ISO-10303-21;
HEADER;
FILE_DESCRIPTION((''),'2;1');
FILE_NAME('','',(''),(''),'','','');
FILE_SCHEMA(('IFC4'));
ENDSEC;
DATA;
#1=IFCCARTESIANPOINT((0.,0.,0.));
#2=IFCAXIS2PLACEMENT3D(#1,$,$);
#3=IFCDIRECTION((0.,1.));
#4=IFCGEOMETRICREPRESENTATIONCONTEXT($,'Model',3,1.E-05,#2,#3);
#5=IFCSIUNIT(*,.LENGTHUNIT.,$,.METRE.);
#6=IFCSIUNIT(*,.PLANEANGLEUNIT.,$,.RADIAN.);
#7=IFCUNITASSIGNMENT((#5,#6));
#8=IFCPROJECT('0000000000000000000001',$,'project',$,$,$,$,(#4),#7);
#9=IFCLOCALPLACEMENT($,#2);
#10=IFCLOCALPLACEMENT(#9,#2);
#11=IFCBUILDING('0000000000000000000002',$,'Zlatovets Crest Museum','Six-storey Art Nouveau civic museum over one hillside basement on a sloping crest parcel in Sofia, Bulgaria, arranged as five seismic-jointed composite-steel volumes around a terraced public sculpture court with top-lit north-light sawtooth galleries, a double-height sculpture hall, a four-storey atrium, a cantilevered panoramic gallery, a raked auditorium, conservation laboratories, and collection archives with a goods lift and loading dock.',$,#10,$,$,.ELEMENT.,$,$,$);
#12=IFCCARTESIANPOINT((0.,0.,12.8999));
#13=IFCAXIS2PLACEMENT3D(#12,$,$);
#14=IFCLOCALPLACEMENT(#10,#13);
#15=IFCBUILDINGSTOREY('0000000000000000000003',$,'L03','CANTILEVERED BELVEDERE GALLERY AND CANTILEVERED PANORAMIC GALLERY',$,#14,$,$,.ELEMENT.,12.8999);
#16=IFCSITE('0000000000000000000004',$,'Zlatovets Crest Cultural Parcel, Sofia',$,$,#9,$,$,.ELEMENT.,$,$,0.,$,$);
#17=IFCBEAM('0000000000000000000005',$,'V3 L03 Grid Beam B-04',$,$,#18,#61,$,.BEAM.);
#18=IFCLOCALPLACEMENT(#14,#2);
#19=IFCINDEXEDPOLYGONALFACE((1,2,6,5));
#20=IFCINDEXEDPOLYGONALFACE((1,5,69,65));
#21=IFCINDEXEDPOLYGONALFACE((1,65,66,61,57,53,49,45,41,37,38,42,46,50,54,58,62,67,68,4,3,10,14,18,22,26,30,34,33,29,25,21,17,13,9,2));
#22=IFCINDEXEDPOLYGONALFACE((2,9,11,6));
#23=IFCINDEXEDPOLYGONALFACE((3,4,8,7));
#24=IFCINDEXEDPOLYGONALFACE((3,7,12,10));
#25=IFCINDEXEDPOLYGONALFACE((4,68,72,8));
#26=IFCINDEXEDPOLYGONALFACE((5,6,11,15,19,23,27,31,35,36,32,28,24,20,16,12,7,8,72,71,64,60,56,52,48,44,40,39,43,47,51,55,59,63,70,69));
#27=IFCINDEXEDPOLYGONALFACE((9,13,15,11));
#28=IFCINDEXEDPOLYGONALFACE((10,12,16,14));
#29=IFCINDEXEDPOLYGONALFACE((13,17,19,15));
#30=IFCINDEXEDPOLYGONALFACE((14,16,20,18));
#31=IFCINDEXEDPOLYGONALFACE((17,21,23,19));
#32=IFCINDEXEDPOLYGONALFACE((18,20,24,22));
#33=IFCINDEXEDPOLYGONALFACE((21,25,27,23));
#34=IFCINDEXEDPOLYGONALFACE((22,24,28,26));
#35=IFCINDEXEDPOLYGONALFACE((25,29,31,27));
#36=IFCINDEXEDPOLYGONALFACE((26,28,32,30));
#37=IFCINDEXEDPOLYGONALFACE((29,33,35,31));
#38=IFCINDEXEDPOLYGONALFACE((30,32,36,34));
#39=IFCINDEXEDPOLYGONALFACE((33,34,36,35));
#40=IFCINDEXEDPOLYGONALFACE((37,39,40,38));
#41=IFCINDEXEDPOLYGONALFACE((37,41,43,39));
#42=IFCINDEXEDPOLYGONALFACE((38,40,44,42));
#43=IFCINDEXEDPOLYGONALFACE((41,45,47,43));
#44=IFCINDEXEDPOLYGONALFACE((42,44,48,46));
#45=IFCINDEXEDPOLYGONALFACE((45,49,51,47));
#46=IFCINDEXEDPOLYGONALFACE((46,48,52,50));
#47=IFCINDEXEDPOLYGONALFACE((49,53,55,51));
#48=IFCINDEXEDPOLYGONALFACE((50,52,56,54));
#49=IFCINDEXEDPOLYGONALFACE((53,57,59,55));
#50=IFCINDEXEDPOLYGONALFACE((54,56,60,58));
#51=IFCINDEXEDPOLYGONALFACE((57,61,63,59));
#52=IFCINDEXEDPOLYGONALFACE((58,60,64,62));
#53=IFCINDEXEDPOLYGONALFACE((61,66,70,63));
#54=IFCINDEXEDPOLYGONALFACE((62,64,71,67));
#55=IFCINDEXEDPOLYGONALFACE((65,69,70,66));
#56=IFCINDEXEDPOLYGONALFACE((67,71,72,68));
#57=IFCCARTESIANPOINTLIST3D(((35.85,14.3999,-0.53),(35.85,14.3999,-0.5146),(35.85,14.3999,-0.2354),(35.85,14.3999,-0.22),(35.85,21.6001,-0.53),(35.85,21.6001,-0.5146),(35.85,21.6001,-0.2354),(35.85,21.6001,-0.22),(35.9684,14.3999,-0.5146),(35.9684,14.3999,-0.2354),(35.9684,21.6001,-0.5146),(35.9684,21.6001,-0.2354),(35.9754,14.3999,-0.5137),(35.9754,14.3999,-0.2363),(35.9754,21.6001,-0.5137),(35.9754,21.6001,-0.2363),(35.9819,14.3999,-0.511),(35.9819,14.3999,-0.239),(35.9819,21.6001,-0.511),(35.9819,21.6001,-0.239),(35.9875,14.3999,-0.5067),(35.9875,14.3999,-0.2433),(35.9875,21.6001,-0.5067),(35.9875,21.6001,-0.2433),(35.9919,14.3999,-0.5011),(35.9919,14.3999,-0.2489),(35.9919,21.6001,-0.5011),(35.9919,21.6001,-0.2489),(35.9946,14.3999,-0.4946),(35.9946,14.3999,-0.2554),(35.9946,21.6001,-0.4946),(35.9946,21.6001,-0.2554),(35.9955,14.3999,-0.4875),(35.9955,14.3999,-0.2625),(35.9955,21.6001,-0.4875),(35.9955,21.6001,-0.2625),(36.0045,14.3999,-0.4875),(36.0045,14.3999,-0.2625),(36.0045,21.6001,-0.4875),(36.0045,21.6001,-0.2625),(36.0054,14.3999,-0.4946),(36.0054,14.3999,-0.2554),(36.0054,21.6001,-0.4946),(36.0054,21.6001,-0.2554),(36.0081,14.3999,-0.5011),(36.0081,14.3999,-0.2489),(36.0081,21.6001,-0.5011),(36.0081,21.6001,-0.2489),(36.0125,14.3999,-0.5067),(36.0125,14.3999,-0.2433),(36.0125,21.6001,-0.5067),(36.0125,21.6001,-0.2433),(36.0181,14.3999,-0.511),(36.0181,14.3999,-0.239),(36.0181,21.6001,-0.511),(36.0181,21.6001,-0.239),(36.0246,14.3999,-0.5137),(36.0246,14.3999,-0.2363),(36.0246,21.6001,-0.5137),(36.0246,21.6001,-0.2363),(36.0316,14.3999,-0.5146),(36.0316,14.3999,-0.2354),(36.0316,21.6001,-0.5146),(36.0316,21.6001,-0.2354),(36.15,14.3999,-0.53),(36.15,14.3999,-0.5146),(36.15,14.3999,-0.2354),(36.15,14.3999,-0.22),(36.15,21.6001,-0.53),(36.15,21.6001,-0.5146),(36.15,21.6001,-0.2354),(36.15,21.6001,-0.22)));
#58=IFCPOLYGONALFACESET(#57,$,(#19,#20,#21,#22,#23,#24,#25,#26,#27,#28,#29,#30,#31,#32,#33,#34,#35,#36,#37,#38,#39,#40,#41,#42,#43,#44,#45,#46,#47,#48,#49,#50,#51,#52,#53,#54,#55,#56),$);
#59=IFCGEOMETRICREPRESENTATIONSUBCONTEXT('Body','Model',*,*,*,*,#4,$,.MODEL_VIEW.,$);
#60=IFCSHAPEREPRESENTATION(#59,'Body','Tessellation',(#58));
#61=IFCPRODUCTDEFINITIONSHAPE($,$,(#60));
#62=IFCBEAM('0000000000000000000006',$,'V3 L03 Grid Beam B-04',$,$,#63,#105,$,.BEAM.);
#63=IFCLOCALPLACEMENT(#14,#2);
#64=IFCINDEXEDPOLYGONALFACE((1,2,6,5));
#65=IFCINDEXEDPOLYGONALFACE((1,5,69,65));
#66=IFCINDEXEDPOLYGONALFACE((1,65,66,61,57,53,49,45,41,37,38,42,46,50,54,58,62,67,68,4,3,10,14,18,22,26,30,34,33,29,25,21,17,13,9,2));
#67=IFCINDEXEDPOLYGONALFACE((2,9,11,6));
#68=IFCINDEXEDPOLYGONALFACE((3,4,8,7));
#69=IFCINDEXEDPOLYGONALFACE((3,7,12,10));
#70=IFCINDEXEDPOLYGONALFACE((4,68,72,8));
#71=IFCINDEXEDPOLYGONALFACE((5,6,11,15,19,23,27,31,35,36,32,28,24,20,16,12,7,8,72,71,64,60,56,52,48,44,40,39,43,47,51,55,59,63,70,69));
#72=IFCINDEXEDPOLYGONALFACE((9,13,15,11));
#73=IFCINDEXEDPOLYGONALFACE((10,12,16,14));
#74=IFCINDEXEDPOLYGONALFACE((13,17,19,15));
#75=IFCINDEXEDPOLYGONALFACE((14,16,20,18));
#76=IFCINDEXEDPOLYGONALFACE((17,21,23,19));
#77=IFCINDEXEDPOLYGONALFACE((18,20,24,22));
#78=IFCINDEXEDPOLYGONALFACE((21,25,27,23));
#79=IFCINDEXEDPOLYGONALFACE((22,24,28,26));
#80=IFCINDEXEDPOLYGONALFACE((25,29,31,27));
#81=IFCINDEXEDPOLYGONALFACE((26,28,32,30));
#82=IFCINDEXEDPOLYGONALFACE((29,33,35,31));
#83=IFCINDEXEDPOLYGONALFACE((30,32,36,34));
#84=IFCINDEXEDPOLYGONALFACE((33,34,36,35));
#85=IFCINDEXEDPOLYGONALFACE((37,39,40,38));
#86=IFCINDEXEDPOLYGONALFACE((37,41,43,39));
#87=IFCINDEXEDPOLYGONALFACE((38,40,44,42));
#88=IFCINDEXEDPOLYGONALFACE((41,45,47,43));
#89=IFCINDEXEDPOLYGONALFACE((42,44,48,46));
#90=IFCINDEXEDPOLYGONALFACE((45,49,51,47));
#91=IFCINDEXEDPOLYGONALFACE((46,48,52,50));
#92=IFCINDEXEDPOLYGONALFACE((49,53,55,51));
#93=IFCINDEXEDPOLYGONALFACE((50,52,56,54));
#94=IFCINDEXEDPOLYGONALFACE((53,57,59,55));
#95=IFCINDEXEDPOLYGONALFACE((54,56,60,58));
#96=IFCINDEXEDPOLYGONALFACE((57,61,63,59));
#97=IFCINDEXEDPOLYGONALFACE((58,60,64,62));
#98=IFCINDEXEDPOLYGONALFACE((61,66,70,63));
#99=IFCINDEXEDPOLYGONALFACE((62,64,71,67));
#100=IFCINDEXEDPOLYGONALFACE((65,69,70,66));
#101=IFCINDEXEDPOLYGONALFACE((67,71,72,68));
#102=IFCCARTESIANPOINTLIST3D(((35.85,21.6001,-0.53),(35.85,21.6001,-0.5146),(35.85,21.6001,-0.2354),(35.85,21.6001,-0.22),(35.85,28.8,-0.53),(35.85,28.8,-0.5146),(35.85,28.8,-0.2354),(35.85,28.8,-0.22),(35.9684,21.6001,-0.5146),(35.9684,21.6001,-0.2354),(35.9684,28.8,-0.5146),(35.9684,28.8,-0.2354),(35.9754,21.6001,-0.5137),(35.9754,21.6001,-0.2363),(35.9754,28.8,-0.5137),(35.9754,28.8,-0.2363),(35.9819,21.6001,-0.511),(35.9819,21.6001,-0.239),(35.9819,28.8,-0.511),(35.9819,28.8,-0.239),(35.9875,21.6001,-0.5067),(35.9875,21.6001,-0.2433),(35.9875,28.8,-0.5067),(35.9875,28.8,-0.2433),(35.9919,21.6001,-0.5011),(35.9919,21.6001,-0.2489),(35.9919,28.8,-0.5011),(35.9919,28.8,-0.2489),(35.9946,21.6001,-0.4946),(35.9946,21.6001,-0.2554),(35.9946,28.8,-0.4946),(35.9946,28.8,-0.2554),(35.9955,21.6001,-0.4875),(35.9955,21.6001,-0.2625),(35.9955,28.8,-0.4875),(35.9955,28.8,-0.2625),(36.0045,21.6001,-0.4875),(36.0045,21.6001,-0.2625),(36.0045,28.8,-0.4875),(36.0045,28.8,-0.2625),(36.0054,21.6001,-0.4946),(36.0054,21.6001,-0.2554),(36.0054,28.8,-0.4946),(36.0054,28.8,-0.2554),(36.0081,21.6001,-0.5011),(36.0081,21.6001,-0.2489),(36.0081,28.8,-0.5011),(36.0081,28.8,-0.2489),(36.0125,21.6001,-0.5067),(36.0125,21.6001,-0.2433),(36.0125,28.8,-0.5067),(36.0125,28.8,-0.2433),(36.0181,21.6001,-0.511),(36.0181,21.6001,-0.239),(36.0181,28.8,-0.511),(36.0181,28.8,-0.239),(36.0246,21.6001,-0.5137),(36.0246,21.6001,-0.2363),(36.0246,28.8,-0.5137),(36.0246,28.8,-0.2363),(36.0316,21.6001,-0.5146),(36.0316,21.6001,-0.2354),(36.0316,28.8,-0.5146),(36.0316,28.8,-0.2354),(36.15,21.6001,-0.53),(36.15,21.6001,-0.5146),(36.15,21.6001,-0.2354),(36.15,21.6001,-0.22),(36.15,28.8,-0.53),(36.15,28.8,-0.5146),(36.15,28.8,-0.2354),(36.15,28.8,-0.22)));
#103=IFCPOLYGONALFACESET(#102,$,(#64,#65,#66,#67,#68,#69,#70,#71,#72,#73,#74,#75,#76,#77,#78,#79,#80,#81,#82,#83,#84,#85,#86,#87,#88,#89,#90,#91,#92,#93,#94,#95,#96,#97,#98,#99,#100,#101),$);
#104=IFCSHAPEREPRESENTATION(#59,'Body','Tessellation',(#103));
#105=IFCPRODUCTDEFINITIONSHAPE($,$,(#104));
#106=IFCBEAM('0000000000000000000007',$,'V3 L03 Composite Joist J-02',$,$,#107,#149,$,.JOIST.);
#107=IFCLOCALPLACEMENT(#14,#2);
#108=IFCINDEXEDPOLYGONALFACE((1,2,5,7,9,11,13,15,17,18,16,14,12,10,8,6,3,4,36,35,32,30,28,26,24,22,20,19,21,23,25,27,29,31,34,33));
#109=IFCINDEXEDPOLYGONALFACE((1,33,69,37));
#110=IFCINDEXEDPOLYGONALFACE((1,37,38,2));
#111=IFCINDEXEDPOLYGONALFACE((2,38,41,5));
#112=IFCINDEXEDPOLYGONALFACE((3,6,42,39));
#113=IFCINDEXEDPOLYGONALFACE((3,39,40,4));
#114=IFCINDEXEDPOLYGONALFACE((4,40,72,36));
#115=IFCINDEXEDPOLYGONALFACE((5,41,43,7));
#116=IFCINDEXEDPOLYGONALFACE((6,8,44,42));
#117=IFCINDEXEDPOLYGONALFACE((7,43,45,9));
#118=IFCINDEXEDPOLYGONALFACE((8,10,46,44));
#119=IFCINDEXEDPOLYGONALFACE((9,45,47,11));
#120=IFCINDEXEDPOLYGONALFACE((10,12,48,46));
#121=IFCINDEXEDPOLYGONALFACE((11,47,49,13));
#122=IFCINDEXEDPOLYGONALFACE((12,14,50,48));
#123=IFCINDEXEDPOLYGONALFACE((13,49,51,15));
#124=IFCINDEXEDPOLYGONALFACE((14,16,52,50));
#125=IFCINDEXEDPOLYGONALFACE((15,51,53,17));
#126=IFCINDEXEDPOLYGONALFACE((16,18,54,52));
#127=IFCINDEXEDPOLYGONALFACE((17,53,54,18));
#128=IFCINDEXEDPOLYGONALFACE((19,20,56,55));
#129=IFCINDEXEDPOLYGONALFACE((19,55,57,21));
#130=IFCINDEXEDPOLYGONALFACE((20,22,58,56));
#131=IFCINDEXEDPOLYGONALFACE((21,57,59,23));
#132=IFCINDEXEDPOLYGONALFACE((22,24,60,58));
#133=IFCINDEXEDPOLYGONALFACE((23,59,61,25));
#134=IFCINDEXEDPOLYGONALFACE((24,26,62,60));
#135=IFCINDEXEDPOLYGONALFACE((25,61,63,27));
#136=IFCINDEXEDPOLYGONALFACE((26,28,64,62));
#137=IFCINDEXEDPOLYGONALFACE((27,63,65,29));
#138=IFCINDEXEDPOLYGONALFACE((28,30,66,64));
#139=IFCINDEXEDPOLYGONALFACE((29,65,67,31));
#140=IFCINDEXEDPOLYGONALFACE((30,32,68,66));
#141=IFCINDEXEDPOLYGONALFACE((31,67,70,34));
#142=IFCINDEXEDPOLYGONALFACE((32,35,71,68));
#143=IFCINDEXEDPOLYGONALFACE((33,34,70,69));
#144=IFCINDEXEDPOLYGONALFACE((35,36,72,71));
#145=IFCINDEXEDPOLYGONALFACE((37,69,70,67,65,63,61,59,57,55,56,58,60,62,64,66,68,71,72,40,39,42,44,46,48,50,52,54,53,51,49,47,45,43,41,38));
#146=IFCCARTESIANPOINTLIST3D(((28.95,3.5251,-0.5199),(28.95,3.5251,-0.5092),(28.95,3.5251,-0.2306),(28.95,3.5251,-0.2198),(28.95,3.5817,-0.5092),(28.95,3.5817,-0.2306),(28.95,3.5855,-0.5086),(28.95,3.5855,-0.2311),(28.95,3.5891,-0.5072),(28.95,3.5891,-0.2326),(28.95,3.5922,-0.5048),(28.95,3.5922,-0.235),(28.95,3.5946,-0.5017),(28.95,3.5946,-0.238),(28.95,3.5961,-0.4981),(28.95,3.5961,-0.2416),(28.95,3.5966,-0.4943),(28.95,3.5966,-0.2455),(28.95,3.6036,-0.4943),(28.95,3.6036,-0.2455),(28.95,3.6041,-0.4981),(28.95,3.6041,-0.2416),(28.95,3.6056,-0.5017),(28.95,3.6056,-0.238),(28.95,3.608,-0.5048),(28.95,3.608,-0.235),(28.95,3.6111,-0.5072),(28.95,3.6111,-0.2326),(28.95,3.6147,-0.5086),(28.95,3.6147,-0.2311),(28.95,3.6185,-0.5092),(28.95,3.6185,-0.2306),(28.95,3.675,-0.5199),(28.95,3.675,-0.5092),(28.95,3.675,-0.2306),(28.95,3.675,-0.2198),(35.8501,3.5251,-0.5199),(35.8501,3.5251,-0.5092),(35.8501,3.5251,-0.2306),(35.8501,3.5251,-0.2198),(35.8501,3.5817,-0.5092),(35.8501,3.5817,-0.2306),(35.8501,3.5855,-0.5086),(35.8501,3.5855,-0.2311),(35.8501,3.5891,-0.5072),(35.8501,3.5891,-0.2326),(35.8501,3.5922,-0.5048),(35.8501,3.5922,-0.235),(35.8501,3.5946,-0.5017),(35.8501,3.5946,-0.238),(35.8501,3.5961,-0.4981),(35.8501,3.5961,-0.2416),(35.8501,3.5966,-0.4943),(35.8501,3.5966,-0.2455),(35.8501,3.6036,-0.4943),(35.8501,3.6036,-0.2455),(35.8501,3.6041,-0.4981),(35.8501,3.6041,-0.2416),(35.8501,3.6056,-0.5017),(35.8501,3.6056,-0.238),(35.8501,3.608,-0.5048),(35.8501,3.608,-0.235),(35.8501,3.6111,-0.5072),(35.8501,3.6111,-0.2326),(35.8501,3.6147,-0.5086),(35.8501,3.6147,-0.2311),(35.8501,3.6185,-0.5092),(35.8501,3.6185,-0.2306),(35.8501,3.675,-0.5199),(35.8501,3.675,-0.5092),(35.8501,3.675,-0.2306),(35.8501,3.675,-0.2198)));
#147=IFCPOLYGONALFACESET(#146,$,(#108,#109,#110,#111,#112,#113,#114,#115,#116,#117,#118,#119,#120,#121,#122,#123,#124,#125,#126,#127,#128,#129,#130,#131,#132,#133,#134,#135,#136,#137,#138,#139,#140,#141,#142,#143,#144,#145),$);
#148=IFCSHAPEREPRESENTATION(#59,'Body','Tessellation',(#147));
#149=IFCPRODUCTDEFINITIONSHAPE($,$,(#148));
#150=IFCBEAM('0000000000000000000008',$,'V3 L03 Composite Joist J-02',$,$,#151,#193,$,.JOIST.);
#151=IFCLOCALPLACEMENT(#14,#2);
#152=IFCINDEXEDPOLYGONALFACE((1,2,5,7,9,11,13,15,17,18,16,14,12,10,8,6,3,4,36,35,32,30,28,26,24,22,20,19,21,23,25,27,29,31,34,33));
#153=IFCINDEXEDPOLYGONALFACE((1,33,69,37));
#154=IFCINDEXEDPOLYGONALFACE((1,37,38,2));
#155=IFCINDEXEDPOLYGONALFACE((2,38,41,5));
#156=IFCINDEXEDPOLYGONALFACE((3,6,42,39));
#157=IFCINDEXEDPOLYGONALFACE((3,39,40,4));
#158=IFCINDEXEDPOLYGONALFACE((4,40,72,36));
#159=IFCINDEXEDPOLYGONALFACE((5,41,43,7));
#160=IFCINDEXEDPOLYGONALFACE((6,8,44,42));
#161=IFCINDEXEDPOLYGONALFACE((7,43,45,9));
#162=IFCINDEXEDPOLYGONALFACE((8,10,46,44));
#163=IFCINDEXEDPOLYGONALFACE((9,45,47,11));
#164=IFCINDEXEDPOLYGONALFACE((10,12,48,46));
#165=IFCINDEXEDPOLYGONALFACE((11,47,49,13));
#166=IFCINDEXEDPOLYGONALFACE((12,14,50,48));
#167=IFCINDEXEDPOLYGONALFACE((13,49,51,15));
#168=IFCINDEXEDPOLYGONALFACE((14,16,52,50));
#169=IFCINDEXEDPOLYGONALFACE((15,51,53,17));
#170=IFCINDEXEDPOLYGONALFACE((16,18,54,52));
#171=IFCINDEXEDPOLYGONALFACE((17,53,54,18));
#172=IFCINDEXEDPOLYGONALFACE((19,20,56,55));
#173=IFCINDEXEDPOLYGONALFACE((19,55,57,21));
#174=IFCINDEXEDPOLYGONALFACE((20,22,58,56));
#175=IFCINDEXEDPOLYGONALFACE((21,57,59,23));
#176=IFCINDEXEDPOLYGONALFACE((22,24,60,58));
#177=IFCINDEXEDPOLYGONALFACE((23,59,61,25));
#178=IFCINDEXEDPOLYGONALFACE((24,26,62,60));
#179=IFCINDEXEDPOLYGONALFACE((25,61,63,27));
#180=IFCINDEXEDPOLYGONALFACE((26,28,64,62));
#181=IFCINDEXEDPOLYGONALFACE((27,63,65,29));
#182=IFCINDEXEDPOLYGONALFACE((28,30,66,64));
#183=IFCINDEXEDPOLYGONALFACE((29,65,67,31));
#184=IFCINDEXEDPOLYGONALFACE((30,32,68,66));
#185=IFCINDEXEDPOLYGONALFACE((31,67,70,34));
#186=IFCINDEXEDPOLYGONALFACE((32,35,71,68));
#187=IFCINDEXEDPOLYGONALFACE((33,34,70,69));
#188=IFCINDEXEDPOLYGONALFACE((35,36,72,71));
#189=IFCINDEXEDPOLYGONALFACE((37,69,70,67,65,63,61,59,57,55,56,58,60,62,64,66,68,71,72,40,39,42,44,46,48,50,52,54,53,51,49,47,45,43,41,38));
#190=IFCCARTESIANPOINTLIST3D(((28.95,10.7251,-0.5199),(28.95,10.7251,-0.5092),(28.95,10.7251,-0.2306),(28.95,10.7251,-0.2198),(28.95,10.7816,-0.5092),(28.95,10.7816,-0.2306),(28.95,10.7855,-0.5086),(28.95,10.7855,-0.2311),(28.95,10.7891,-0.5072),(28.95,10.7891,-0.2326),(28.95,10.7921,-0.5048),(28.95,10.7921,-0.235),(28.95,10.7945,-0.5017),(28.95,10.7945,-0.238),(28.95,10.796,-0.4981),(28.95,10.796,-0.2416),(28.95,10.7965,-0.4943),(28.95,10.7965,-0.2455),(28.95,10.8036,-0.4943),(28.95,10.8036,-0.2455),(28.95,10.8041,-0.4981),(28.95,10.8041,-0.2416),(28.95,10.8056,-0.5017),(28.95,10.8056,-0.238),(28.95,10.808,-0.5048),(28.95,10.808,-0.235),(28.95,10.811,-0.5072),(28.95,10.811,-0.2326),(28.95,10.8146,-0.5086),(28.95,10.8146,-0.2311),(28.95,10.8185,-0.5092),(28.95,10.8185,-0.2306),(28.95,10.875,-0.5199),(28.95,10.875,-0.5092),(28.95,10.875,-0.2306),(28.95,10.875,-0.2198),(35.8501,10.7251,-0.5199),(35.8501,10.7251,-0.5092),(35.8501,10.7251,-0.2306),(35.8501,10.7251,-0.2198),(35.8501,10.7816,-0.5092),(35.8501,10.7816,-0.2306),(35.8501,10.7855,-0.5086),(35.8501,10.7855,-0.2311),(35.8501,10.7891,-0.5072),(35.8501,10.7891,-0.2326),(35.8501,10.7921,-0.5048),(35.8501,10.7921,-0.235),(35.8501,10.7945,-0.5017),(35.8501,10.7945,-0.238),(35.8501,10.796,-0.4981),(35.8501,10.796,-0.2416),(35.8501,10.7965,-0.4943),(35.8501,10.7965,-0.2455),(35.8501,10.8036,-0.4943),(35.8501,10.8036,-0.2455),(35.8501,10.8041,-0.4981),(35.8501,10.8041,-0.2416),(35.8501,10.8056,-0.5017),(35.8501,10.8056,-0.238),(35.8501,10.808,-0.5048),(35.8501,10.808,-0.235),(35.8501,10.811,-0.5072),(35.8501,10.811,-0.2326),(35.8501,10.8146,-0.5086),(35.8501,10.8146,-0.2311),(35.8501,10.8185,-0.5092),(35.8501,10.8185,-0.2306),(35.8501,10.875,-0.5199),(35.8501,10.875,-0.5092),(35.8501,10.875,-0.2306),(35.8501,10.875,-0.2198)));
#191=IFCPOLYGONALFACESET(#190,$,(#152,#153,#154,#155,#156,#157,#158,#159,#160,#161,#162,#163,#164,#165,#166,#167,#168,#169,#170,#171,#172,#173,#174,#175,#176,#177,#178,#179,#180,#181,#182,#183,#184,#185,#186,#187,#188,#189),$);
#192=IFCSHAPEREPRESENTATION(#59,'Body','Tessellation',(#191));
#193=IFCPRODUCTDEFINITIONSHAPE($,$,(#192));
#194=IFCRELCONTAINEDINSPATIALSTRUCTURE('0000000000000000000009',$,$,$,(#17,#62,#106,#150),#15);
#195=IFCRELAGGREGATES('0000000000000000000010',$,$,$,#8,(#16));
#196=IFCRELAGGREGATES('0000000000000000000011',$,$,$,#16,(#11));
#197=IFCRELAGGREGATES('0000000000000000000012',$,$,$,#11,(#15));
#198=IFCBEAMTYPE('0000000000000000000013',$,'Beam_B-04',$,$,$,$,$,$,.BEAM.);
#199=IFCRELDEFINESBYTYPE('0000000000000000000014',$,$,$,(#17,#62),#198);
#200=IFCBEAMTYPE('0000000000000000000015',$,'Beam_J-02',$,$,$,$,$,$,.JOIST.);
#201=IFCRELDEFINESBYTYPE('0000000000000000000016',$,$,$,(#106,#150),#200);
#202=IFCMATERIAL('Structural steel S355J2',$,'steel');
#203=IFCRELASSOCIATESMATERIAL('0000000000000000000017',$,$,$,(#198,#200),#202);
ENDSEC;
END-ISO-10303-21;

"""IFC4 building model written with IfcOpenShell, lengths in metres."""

from ifc_helpers import new_model, si_unit, direction, frame, origin, origin_2d, place, context, subcontext, project, spatial, i_section, extrude, material, material_profile, profile_set, type_object, element, save


model = new_model("IFC4")

# Units and contexts
model_context = context("Model", 3, precision=1e-05, world=origin(), true_north=direction((0.0, 1.0)))
body_context = subcontext(model_context, "Body", "Model", "MODEL_VIEW")
ifc_project = project(units=[si_unit("LENGTHUNIT", "METRE"), si_unit("PLANEANGLEUNIT", "RADIAN")], contexts=[model_context])

# Site, building, storey
site_placement = place(None, origin())
site = spatial("IfcSite", under=ifc_project, at=site_placement, Name="Zlatovets Crest Cultural Parcel, Sofia", CompositionType="ELEMENT", RefElevation=0.0)
building_placement = place(site_placement, origin())
building = spatial("IfcBuilding", under=site, at=building_placement, Name="Zlatovets Crest Museum", Description="Six-storey Art Nouveau civic museum over one hillside basement on a sloping crest parcel in Sofia, Bulgaria, arranged as five seismic-jointed composite-steel volumes around a terraced public sculpture court with top-lit north-light sawtooth galleries, a double-height sculpture hall, a four-storey atrium, a cantilevered panoramic gallery, a raked auditorium, conservation laboratories, and collection archives with a goods lift and loading dock.", CompositionType="ELEMENT")
storey_placement = place(building_placement, frame((0.0, 0.0, 12.8999)))
storey = spatial("IfcBuildingStorey", under=building, at=storey_placement, Name="L03", Description="CANTILEVERED BELVEDERE GALLERY AND CANTILEVERED PANORAMIC GALLERY", CompositionType="ELEMENT", Elevation=12.8999)

# Beams
ifc_material_1 = material(Name="Structural steel S355J2", Category="steel")
ifc_material_profile_1 = material_profile(ifc_material_1, i_section(OverallWidth=0.3, OverallDepth=0.3101, WebThickness=0.009, FlangeThickness=0.0154, FilletRadius=0.0271, at=origin_2d()), Name="HEA 320")
ifc_profile_set_1 = profile_set([ifc_material_profile_1], Name="Structural steel S355J2")
beam_type_1 = type_object("IfcBeamType", Name="Beam_B-04", PredefinedType="BEAM", material=ifc_profile_set_1)
beam_1_placement = place(storey_placement, frame((36.0, 14.3999, -0.375), z_axis=(0.0, 1.0, 0.0), x_axis=(-1.0, 0.0, 0.0)))
element("IfcBeam", 1, at=beam_1_placement, inside=storey, type_object=beam_type_1, Name="V3 L03 Grid Beam B-04", PredefinedType="BEAM", context=body_context, shape_type="SweptSolid", body=[
    extrude(i_section(OverallWidth=0.3, OverallDepth=0.3101, WebThickness=0.009, FlangeThickness=0.0154, FilletRadius=0.0271, at=origin_2d()), origin(), (0.0, 0.0, 1.0), 7.2002),
])
beam_2_placement = place(storey_placement, frame((36.0, 21.6001, -0.375), z_axis=(0.0, 1.0, 0.0), x_axis=(-1.0, 0.0, 0.0)))
element("IfcBeam", 2, at=beam_2_placement, inside=storey, type_object=beam_type_1, Name="V3 L03 Grid Beam B-04", PredefinedType="BEAM", context=body_context, shape_type="SweptSolid", body=[
    extrude(i_section(OverallWidth=0.3, OverallDepth=0.3101, WebThickness=0.009, FlangeThickness=0.0154, FilletRadius=0.0271, at=origin_2d()), origin(), (0.0, 0.0, 1.0), 7.2),
])
ifc_material_profile_2 = material_profile(ifc_material_1, i_section(OverallWidth=0.1499, OverallDepth=0.3, WebThickness=0.0071, FlangeThickness=0.0107, FilletRadius=0.0149, at=origin_2d()), Name="IPE 300")
ifc_profile_set_2 = profile_set([ifc_material_profile_2], Name="Structural steel S355J2")
beam_type_2 = type_object("IfcBeamType", Name="Beam_J-02", PredefinedType="JOIST", material=ifc_profile_set_2)
for number, where, z_axis, x_axis, name in (
    (3, (28.95, 3.6001, -0.3699), (1.0, 0.0, 0.0), (0.0, 1.0, 0.0), "V3 L03 Composite Joist J-02"),
    (4, (28.95, 10.8, -0.3699), (1.0, 0.0, 0.0), (0.0, 1.0, 0.0), "V3 L03 Composite Joist J-02"),
):
    element("IfcBeam", number, at=place(storey_placement, frame(where, z_axis=z_axis, x_axis=x_axis)), inside=storey, type_object=beam_type_2, Name=name, PredefinedType="JOIST", context=body_context, shape_type="SweptSolid", body=[
        extrude(i_section(OverallWidth=0.1499, OverallDepth=0.3, WebThickness=0.0071, FlangeThickness=0.0107, FilletRadius=0.0149, at=origin_2d()), origin(), (0.0, 0.0, 1.0), 6.9001),
    ])

save(model, "model.ifc")
